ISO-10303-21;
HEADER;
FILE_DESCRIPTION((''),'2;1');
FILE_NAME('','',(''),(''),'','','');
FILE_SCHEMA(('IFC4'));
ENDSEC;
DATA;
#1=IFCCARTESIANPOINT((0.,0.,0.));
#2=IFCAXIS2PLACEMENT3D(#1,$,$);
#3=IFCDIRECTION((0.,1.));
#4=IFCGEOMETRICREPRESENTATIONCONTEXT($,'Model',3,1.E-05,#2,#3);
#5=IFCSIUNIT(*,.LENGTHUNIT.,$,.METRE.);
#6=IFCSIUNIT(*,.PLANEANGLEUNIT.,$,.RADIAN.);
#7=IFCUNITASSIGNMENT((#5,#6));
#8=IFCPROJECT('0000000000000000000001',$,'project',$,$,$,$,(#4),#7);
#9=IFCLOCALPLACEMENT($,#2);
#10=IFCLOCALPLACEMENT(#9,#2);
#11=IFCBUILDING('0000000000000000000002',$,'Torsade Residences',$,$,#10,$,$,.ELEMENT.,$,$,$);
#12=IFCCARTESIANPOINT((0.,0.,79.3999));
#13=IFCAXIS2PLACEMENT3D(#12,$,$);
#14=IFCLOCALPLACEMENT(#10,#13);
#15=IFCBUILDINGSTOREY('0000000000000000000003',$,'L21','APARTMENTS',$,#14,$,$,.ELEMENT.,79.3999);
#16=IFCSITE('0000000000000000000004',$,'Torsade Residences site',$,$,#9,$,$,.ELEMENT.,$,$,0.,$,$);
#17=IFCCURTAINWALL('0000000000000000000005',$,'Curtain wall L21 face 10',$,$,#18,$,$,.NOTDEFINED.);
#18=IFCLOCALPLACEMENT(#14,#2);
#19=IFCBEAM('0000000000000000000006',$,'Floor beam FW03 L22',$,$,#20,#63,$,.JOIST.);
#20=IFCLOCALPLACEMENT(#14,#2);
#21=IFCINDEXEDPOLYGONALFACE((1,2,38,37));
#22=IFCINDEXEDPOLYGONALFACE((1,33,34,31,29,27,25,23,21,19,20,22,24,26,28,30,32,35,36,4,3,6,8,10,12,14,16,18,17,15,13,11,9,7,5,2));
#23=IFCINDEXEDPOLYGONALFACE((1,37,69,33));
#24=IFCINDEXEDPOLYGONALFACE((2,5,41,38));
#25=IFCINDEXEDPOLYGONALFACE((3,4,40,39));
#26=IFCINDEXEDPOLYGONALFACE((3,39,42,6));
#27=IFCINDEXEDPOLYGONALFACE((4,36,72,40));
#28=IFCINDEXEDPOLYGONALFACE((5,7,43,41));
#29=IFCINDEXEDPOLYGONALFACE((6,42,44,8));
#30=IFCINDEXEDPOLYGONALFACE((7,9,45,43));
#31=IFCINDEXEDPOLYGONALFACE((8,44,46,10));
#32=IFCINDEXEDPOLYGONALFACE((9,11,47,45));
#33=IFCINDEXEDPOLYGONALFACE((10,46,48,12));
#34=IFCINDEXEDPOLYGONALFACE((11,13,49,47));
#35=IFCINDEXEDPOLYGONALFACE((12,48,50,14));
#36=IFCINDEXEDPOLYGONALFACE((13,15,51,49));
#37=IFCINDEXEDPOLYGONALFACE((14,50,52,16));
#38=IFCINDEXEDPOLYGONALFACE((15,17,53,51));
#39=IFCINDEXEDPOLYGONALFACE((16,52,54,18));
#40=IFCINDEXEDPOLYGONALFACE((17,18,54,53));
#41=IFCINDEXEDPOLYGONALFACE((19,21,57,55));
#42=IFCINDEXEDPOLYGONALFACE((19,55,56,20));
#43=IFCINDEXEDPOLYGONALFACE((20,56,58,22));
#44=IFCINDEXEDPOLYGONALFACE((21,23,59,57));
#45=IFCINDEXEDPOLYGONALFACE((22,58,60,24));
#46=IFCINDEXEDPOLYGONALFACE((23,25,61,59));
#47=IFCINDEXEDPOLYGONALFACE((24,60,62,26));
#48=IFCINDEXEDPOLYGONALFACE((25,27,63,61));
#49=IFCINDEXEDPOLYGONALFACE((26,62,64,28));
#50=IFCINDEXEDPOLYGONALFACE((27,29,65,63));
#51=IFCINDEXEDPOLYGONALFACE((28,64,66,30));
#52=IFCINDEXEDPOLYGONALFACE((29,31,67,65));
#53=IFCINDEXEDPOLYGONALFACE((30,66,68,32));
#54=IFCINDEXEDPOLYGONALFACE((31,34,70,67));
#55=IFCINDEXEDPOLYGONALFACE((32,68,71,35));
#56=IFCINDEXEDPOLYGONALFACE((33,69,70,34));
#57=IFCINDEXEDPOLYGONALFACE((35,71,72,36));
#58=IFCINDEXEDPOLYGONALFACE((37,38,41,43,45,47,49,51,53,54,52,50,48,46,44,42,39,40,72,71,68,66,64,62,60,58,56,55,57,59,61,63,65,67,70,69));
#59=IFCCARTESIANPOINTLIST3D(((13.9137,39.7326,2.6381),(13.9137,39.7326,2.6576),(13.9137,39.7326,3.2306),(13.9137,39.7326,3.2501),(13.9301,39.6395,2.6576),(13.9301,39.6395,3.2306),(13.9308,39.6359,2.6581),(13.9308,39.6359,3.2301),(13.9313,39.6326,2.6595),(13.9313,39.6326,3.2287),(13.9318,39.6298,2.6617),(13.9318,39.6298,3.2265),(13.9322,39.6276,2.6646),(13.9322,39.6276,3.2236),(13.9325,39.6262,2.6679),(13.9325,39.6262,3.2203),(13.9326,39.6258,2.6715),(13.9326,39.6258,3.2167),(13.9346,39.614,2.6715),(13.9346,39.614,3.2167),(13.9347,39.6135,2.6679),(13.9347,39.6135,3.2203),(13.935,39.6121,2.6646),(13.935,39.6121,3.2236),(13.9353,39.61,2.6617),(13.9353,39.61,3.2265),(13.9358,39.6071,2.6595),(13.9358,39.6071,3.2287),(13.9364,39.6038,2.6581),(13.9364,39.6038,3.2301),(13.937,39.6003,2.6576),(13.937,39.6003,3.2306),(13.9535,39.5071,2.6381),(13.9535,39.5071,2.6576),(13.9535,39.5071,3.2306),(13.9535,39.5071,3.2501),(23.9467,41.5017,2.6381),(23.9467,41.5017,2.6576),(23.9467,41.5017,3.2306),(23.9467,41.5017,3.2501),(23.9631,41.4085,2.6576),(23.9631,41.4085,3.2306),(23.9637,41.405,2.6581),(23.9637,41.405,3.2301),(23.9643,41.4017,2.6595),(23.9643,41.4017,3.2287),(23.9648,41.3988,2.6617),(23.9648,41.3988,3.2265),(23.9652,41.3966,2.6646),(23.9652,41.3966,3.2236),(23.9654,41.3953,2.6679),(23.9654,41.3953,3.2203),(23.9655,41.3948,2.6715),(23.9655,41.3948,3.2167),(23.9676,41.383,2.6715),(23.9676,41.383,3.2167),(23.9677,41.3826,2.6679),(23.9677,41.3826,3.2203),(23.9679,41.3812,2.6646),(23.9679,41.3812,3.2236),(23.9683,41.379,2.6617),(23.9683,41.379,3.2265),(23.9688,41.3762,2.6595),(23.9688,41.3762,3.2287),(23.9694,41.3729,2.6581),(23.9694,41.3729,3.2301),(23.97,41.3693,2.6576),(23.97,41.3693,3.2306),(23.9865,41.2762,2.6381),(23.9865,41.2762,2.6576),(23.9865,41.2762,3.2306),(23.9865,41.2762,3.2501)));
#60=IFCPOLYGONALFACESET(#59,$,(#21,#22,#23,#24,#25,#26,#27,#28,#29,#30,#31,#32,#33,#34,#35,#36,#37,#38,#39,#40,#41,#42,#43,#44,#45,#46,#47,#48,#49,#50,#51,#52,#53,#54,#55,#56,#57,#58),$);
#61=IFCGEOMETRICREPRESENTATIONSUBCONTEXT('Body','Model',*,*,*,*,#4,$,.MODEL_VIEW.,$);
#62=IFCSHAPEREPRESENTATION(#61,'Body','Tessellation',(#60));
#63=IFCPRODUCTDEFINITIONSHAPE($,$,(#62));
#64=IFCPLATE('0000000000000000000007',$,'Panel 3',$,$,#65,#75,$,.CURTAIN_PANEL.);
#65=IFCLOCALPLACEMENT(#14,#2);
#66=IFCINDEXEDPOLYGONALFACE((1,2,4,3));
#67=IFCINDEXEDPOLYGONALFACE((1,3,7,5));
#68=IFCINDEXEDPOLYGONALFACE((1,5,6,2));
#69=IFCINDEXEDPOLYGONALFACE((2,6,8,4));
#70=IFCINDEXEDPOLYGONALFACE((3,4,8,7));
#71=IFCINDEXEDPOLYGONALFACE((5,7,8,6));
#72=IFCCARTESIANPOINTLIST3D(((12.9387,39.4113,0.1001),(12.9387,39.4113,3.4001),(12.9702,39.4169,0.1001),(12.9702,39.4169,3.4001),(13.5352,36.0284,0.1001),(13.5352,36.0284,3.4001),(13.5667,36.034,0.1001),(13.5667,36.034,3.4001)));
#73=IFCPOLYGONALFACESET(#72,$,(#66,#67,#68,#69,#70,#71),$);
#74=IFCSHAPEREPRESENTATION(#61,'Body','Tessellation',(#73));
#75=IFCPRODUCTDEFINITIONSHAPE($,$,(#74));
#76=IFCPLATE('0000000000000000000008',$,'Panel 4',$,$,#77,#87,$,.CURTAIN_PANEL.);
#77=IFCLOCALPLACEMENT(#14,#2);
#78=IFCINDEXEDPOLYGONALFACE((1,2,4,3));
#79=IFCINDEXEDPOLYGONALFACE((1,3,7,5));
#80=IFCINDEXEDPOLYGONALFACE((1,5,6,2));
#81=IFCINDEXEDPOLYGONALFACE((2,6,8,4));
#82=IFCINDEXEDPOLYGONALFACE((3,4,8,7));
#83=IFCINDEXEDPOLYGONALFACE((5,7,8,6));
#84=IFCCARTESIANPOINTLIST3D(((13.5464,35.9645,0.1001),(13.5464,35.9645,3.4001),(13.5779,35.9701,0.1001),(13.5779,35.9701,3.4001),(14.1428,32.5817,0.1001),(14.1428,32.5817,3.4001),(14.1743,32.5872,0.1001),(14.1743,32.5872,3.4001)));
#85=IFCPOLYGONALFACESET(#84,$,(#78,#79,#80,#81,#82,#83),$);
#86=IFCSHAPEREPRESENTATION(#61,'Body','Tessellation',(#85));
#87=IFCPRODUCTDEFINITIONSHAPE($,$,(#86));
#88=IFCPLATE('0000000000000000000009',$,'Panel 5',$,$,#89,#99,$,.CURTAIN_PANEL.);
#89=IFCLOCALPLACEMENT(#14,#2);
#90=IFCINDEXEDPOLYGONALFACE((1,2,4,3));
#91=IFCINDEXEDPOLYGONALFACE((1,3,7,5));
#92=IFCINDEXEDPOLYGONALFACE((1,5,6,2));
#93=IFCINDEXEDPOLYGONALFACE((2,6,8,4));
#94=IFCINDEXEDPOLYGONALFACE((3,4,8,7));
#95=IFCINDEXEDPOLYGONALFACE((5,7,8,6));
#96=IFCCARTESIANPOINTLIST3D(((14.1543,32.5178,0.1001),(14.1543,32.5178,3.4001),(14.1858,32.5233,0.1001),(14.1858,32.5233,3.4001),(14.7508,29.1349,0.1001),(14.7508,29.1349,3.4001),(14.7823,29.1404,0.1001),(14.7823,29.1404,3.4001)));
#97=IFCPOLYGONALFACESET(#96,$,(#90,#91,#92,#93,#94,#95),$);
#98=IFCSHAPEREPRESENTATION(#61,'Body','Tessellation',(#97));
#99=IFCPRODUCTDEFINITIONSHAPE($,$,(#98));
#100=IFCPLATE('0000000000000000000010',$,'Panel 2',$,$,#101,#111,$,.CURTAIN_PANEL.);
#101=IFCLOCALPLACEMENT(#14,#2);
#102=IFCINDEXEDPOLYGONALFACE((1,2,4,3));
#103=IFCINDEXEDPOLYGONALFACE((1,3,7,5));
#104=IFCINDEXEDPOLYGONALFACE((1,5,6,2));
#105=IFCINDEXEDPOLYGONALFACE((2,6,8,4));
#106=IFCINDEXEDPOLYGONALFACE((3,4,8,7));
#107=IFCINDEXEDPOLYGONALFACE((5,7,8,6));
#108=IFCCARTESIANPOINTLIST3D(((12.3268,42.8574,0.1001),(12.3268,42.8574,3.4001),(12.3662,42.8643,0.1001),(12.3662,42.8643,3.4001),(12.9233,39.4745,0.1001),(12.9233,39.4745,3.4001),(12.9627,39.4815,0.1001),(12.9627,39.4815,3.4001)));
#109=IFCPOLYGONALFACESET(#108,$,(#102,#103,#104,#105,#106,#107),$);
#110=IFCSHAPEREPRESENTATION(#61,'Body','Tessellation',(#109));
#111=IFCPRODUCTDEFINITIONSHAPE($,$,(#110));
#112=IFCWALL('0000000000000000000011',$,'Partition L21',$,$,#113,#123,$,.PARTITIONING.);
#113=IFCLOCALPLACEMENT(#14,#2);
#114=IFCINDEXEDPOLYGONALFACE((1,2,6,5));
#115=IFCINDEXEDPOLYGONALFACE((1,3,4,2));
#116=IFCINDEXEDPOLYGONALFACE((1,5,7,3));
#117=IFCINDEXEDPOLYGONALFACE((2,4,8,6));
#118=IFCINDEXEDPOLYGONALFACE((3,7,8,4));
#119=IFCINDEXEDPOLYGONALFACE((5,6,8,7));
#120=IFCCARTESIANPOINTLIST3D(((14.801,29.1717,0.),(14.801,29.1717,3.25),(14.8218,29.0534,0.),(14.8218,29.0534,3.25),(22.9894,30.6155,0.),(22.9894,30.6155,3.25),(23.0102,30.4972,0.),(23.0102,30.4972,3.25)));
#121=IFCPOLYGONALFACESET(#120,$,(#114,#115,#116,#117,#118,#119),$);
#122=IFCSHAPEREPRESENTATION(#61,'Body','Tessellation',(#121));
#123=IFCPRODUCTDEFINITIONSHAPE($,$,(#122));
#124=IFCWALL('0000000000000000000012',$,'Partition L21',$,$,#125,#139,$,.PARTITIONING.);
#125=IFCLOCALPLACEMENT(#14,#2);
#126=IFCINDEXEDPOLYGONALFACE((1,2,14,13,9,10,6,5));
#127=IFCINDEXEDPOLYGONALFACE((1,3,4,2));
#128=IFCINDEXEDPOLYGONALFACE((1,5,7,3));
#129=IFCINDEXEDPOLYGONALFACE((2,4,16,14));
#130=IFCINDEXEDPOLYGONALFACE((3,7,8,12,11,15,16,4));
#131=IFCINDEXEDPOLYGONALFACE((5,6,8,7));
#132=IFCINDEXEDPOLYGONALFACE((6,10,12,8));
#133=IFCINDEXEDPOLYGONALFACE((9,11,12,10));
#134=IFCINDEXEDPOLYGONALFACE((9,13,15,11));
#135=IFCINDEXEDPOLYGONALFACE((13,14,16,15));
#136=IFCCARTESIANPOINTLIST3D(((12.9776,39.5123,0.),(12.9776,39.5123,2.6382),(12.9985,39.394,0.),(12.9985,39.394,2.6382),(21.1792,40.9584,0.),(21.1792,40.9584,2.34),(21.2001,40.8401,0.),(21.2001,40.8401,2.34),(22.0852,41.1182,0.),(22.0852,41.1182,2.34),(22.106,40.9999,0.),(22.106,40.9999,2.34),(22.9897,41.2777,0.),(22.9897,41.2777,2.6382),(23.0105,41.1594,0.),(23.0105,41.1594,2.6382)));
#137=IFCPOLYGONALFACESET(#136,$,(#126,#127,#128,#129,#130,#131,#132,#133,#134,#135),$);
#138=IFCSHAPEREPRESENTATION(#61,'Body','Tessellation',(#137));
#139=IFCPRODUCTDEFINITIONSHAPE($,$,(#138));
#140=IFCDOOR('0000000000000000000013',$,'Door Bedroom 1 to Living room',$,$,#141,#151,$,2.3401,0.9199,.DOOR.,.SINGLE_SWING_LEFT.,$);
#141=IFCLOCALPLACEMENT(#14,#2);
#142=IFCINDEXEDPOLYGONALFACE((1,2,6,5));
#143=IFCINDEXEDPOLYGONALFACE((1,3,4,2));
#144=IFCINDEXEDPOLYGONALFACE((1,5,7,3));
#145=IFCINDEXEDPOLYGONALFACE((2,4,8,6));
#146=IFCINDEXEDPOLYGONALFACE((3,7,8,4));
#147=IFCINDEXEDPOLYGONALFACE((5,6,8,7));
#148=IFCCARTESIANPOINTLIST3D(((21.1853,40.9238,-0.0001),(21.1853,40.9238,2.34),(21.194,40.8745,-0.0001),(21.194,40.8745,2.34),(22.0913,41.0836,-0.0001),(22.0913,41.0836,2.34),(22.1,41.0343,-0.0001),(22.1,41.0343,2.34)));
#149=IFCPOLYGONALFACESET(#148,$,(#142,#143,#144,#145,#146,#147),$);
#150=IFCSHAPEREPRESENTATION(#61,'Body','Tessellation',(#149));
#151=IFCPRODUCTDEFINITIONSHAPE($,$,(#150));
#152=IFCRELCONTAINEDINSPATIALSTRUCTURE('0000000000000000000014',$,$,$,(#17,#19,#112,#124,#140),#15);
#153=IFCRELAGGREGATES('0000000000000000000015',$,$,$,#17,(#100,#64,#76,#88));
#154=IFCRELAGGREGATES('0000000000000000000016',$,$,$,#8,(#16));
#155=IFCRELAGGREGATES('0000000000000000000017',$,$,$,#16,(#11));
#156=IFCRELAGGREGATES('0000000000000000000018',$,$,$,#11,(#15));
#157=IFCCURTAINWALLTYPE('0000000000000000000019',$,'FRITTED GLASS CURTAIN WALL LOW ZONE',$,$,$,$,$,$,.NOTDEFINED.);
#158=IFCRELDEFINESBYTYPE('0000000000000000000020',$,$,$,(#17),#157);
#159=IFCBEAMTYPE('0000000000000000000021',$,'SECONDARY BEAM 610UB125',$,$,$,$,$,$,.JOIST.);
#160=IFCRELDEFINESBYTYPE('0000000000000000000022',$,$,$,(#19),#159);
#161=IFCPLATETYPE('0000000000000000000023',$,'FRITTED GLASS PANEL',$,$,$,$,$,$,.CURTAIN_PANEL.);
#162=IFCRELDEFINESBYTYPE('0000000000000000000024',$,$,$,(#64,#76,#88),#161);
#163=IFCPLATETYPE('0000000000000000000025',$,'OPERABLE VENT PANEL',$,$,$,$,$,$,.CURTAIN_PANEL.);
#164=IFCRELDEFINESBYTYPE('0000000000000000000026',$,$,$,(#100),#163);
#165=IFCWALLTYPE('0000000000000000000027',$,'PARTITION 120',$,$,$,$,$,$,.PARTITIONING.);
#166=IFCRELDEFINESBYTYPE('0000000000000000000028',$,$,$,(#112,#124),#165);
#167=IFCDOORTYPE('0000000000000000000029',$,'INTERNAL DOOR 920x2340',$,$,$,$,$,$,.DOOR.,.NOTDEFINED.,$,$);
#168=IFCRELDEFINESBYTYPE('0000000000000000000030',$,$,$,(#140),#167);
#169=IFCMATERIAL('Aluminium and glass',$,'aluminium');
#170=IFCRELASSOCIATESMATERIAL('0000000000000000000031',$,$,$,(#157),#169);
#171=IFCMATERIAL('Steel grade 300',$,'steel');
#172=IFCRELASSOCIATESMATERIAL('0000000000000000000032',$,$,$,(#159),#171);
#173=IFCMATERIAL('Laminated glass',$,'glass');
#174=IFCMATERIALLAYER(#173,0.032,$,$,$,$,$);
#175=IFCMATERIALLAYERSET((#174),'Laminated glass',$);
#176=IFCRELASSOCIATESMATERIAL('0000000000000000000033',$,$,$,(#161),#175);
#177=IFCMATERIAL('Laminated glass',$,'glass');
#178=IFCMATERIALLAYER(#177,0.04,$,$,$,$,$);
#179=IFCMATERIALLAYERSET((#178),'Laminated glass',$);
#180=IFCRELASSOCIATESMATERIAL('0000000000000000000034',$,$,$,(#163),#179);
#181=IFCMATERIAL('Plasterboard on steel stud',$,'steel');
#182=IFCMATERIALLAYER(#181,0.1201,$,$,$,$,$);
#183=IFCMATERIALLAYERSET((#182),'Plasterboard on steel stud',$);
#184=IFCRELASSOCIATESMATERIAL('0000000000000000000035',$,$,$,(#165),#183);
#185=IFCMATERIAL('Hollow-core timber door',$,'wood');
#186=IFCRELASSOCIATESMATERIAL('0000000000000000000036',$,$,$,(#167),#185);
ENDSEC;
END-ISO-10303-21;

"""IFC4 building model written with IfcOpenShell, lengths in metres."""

from ifc_helpers import new_model, si_unit, direction, frame, frame_2d, origin, origin_2d, place, context, subcontext, project, spatial, rectangle, i_section, extrude, material, layer, layer_set, material_profile, profile_set, type_object, element, fill, aggregate, save


model = new_model("IFC4")

# Units and contexts
model_context = context("Model", 3, precision=1e-05, world=origin(), true_north=direction((0.0, 1.0)))
body_context = subcontext(model_context, "Body", "Model", "MODEL_VIEW")
ifc_project = project(units=[si_unit("LENGTHUNIT", "METRE"), si_unit("PLANEANGLEUNIT", "RADIAN")], contexts=[model_context])

# Site, building, storey
site_placement = place(None, origin())
site = spatial("IfcSite", under=ifc_project, at=site_placement, Name="Torsade Residences site", CompositionType="ELEMENT", RefElevation=0.0)
building_placement = place(site_placement, origin())
building = spatial("IfcBuilding", under=site, at=building_placement, Name="Torsade Residences", CompositionType="ELEMENT")
storey_placement = place(building_placement, frame((0.0, 0.0, 79.3999)))
storey = spatial("IfcBuildingStorey", under=building, at=storey_placement, Name="L21", Description="APARTMENTS", CompositionType="ELEMENT", Elevation=79.3999)

# Curtain wall
ifc_material_1 = material(Name="Aluminium and glass", Category="aluminium")
curtain_wall_type = type_object("IfcCurtainWallType", Name="FRITTED GLASS CURTAIN WALL LOW ZONE", PredefinedType="NOTDEFINED", material=ifc_material_1)
curtain_wall_placement = place(storey_placement, origin())
curtain_wall = element("IfcCurtainWall", 1, at=curtain_wall_placement, inside=storey, type_object=curtain_wall_type, Name="Curtain wall L21 face 10", PredefinedType="NOTDEFINED")

# Beam
ifc_material_2 = material(Name="Steel grade 300", Category="steel")
ifc_material_profile_1 = material_profile(ifc_material_2, i_section(OverallWidth=0.229, OverallDepth=0.6121, WebThickness=0.012, FlangeThickness=0.0195, FilletRadius=0.0139, at=origin_2d()), Name="610UB125")
ifc_profile_set_1 = profile_set([ifc_material_profile_1], Name="Steel grade 300")
beam_type_1 = type_object("IfcBeamType", Name="SECONDARY BEAM 610UB125", PredefinedType="JOIST", material=ifc_profile_set_1)
beam_1_placement = place(storey_placement, frame((13.9336, 39.6199, 2.9441), z_axis=(0.984808, 0.173645, 0.0), x_axis=(-0.173645, 0.984808, 0.0)))
element("IfcBeam", 2, at=beam_1_placement, inside=storey, type_object=beam_type_1, Name="Floor beam FW03 L22", PredefinedType="JOIST", context=body_context, shape_type="SweptSolid", body=[
    extrude(i_section(OverallWidth=0.229, OverallDepth=0.6121, WebThickness=0.012, FlangeThickness=0.0195, FilletRadius=0.0139, at=origin_2d()), origin(), (0.0, 0.0, 1.0), 10.1877),
])

# Plates
ifc_material_3 = material(Name="Laminated glass", Category="glass")
ifc_layer_1 = layer(ifc_material_3, 0.032)
ifc_layer_set_1 = layer_set([ifc_layer_1], Name="Laminated glass")
plate_type_1 = type_object("IfcPlateType", Name="FRITTED GLASS PANEL", PredefinedType="CURTAIN_PANEL", material=ifc_layer_set_1)
plate_1_placement = place(storey_placement, frame((13.2527, 37.7227, 0.1001), z_axis=(0.0, 0.0, 1.0), x_axis=(0.173648, -0.984808, 0.0)))
plate_1 = element("IfcPlate", 3, at=plate_1_placement, type_object=plate_type_1, Name="Panel 3", PredefinedType="CURTAIN_PANEL", context=body_context, shape_type="SweptSolid", body=[
    extrude(rectangle(XDim=3.4351, YDim=0.032, at=origin_2d()), origin(), (0.0, 0.0, 1.0), 3.3),
])
plate_2_placement = place(storey_placement, frame((13.8604, 34.2759, 0.1001), z_axis=(0.0, 0.0, 1.0), x_axis=(0.173648, -0.984808, 0.0)))
plate_2 = element("IfcPlate", 4, at=plate_2_placement, type_object=plate_type_1, Name="Panel 4", PredefinedType="CURTAIN_PANEL", context=body_context, shape_type="SweptSolid", body=[
    extrude(rectangle(XDim=3.4351, YDim=0.032, at=origin_2d()), origin(), (0.0, 0.0, 1.0), 3.3),
])
plate_3_placement = place(storey_placement, frame((14.4683, 30.8291, 0.1001), z_axis=(0.0, 0.0, 1.0), x_axis=(0.173648, -0.984808, 0.0)))
plate_3 = element("IfcPlate", 5, at=plate_3_placement, type_object=plate_type_1, Name="Panel 5", PredefinedType="CURTAIN_PANEL", context=body_context, shape_type="SweptSolid", body=[
    extrude(rectangle(XDim=3.4351, YDim=0.032, at=origin_2d()), origin(), (0.0, 0.0, 1.0), 3.3),
])
ifc_material_4 = material(Name="Laminated glass", Category="glass")
ifc_layer_2 = layer(ifc_material_4, 0.04)
ifc_layer_set_2 = layer_set([ifc_layer_2], Name="Laminated glass")
plate_type_2 = type_object("IfcPlateType", Name="OPERABLE VENT PANEL", PredefinedType="CURTAIN_PANEL", material=ifc_layer_set_2)
plate_4_placement = place(storey_placement, frame((12.6448, 41.1694, 0.1001), z_axis=(0.0, 0.0, 1.0), x_axis=(0.173648, -0.984808, 0.0)))
plate_4 = element("IfcPlate", 6, at=plate_4_placement, type_object=plate_type_2, Name="Panel 2", PredefinedType="CURTAIN_PANEL", context=body_context, shape_type="SweptSolid", body=[
    extrude(rectangle(XDim=3.4351, YDim=0.04, at=origin_2d()), origin(), (0.0, 0.0, 1.0), 3.3),
])
aggregate(curtain_wall, [plate_4, plate_1, plate_2, plate_3])

# Wall
ifc_material_5 = material(Name="Plasterboard on steel stud", Category="steel")
ifc_layer_3 = layer(ifc_material_5, 0.1201)
ifc_layer_set_3 = layer_set([ifc_layer_3], Name="Plasterboard on steel stud")
wall_type_1 = type_object("IfcWallType", Name="PARTITION 120", PredefinedType="PARTITIONING", material=ifc_layer_set_3)
wall_1_placement = place(storey_placement, frame((14.8115, 29.1125, 0.0), z_axis=(0.0, 0.0, 1.0), x_axis=(0.984808, 0.173648, 0.0)))
element("IfcWall", 7, at=wall_1_placement, inside=storey, type_object=wall_type_1, Name="Partition L21", PredefinedType="PARTITIONING", context=body_context, shape_type="SweptSolid", body=[
    extrude(rectangle(XDim=8.3147, YDim=0.1201, at=frame_2d((4.1572, 0.0))), origin(), (0.0, 0.0, 1.0), 3.25),
])

# Wall, opening, door
wall_2_placement = place(storey_placement, frame((12.988, 39.4531, 0.0), z_axis=(0.0, 0.0, 1.0), x_axis=(0.984808, 0.173648, 0.0)))
wall_2 = element("IfcWall", 8, at=wall_2_placement, inside=storey, type_object=wall_type_1, Name="Partition L21", PredefinedType="PARTITIONING", context=body_context, shape_type="SweptSolid", body=[
    extrude(rectangle(XDim=10.1665, YDim=0.1201, at=frame_2d((5.0833, 0.0))), origin(), (0.0, 0.0, 1.0), 2.6382),
])
opening_1_placement = place(wall_2_placement, frame((8.3281, 0.0, 0.0)))
opening_1 = element("IfcOpeningElement", 9, at=opening_1_placement, cuts=wall_2, PredefinedType="OPENING", context=body_context, shape_type="SweptSolid", body=[
    extrude(rectangle(XDim=0.9199, YDim=2.3401, at=frame_2d((0.46, 1.1699))), frame((0.0, 0.0701, 0.0), z_axis=(0.0, -1.0, 0.0), x_axis=(1.0, 0.0, 0.0)), (0.0, 0.0, 1.0), 0.1401),
])
ifc_material_6 = material(Name="Hollow-core timber door", Category="wood")
door_type = type_object("IfcDoorType", Name="INTERNAL DOOR 920x2340", OperationType="NOTDEFINED", PredefinedType="DOOR", material=ifc_material_6)
door_1_placement = place(opening_1_placement, origin())
door_1 = element("IfcDoor", 10, at=door_1_placement, inside=storey, type_object=door_type, Name="Door Bedroom 1 to Living room", OperationType="SINGLE_SWING_LEFT", OverallHeight=2.3401, OverallWidth=0.9199, PredefinedType="DOOR", context=body_context, shape_type="SweptSolid", body=[
    extrude(rectangle(XDim=0.9199, YDim=2.3401, at=frame_2d((0.46, 1.1699))), frame((0.0, 0.0249, 0.0), z_axis=(0.0, -1.0, 0.0), x_axis=(1.0, 0.0, 0.0)), (0.0, 0.0, 1.0), 0.05),
])
fill(opening_1, door_1)

save(model, "model.ifc")
